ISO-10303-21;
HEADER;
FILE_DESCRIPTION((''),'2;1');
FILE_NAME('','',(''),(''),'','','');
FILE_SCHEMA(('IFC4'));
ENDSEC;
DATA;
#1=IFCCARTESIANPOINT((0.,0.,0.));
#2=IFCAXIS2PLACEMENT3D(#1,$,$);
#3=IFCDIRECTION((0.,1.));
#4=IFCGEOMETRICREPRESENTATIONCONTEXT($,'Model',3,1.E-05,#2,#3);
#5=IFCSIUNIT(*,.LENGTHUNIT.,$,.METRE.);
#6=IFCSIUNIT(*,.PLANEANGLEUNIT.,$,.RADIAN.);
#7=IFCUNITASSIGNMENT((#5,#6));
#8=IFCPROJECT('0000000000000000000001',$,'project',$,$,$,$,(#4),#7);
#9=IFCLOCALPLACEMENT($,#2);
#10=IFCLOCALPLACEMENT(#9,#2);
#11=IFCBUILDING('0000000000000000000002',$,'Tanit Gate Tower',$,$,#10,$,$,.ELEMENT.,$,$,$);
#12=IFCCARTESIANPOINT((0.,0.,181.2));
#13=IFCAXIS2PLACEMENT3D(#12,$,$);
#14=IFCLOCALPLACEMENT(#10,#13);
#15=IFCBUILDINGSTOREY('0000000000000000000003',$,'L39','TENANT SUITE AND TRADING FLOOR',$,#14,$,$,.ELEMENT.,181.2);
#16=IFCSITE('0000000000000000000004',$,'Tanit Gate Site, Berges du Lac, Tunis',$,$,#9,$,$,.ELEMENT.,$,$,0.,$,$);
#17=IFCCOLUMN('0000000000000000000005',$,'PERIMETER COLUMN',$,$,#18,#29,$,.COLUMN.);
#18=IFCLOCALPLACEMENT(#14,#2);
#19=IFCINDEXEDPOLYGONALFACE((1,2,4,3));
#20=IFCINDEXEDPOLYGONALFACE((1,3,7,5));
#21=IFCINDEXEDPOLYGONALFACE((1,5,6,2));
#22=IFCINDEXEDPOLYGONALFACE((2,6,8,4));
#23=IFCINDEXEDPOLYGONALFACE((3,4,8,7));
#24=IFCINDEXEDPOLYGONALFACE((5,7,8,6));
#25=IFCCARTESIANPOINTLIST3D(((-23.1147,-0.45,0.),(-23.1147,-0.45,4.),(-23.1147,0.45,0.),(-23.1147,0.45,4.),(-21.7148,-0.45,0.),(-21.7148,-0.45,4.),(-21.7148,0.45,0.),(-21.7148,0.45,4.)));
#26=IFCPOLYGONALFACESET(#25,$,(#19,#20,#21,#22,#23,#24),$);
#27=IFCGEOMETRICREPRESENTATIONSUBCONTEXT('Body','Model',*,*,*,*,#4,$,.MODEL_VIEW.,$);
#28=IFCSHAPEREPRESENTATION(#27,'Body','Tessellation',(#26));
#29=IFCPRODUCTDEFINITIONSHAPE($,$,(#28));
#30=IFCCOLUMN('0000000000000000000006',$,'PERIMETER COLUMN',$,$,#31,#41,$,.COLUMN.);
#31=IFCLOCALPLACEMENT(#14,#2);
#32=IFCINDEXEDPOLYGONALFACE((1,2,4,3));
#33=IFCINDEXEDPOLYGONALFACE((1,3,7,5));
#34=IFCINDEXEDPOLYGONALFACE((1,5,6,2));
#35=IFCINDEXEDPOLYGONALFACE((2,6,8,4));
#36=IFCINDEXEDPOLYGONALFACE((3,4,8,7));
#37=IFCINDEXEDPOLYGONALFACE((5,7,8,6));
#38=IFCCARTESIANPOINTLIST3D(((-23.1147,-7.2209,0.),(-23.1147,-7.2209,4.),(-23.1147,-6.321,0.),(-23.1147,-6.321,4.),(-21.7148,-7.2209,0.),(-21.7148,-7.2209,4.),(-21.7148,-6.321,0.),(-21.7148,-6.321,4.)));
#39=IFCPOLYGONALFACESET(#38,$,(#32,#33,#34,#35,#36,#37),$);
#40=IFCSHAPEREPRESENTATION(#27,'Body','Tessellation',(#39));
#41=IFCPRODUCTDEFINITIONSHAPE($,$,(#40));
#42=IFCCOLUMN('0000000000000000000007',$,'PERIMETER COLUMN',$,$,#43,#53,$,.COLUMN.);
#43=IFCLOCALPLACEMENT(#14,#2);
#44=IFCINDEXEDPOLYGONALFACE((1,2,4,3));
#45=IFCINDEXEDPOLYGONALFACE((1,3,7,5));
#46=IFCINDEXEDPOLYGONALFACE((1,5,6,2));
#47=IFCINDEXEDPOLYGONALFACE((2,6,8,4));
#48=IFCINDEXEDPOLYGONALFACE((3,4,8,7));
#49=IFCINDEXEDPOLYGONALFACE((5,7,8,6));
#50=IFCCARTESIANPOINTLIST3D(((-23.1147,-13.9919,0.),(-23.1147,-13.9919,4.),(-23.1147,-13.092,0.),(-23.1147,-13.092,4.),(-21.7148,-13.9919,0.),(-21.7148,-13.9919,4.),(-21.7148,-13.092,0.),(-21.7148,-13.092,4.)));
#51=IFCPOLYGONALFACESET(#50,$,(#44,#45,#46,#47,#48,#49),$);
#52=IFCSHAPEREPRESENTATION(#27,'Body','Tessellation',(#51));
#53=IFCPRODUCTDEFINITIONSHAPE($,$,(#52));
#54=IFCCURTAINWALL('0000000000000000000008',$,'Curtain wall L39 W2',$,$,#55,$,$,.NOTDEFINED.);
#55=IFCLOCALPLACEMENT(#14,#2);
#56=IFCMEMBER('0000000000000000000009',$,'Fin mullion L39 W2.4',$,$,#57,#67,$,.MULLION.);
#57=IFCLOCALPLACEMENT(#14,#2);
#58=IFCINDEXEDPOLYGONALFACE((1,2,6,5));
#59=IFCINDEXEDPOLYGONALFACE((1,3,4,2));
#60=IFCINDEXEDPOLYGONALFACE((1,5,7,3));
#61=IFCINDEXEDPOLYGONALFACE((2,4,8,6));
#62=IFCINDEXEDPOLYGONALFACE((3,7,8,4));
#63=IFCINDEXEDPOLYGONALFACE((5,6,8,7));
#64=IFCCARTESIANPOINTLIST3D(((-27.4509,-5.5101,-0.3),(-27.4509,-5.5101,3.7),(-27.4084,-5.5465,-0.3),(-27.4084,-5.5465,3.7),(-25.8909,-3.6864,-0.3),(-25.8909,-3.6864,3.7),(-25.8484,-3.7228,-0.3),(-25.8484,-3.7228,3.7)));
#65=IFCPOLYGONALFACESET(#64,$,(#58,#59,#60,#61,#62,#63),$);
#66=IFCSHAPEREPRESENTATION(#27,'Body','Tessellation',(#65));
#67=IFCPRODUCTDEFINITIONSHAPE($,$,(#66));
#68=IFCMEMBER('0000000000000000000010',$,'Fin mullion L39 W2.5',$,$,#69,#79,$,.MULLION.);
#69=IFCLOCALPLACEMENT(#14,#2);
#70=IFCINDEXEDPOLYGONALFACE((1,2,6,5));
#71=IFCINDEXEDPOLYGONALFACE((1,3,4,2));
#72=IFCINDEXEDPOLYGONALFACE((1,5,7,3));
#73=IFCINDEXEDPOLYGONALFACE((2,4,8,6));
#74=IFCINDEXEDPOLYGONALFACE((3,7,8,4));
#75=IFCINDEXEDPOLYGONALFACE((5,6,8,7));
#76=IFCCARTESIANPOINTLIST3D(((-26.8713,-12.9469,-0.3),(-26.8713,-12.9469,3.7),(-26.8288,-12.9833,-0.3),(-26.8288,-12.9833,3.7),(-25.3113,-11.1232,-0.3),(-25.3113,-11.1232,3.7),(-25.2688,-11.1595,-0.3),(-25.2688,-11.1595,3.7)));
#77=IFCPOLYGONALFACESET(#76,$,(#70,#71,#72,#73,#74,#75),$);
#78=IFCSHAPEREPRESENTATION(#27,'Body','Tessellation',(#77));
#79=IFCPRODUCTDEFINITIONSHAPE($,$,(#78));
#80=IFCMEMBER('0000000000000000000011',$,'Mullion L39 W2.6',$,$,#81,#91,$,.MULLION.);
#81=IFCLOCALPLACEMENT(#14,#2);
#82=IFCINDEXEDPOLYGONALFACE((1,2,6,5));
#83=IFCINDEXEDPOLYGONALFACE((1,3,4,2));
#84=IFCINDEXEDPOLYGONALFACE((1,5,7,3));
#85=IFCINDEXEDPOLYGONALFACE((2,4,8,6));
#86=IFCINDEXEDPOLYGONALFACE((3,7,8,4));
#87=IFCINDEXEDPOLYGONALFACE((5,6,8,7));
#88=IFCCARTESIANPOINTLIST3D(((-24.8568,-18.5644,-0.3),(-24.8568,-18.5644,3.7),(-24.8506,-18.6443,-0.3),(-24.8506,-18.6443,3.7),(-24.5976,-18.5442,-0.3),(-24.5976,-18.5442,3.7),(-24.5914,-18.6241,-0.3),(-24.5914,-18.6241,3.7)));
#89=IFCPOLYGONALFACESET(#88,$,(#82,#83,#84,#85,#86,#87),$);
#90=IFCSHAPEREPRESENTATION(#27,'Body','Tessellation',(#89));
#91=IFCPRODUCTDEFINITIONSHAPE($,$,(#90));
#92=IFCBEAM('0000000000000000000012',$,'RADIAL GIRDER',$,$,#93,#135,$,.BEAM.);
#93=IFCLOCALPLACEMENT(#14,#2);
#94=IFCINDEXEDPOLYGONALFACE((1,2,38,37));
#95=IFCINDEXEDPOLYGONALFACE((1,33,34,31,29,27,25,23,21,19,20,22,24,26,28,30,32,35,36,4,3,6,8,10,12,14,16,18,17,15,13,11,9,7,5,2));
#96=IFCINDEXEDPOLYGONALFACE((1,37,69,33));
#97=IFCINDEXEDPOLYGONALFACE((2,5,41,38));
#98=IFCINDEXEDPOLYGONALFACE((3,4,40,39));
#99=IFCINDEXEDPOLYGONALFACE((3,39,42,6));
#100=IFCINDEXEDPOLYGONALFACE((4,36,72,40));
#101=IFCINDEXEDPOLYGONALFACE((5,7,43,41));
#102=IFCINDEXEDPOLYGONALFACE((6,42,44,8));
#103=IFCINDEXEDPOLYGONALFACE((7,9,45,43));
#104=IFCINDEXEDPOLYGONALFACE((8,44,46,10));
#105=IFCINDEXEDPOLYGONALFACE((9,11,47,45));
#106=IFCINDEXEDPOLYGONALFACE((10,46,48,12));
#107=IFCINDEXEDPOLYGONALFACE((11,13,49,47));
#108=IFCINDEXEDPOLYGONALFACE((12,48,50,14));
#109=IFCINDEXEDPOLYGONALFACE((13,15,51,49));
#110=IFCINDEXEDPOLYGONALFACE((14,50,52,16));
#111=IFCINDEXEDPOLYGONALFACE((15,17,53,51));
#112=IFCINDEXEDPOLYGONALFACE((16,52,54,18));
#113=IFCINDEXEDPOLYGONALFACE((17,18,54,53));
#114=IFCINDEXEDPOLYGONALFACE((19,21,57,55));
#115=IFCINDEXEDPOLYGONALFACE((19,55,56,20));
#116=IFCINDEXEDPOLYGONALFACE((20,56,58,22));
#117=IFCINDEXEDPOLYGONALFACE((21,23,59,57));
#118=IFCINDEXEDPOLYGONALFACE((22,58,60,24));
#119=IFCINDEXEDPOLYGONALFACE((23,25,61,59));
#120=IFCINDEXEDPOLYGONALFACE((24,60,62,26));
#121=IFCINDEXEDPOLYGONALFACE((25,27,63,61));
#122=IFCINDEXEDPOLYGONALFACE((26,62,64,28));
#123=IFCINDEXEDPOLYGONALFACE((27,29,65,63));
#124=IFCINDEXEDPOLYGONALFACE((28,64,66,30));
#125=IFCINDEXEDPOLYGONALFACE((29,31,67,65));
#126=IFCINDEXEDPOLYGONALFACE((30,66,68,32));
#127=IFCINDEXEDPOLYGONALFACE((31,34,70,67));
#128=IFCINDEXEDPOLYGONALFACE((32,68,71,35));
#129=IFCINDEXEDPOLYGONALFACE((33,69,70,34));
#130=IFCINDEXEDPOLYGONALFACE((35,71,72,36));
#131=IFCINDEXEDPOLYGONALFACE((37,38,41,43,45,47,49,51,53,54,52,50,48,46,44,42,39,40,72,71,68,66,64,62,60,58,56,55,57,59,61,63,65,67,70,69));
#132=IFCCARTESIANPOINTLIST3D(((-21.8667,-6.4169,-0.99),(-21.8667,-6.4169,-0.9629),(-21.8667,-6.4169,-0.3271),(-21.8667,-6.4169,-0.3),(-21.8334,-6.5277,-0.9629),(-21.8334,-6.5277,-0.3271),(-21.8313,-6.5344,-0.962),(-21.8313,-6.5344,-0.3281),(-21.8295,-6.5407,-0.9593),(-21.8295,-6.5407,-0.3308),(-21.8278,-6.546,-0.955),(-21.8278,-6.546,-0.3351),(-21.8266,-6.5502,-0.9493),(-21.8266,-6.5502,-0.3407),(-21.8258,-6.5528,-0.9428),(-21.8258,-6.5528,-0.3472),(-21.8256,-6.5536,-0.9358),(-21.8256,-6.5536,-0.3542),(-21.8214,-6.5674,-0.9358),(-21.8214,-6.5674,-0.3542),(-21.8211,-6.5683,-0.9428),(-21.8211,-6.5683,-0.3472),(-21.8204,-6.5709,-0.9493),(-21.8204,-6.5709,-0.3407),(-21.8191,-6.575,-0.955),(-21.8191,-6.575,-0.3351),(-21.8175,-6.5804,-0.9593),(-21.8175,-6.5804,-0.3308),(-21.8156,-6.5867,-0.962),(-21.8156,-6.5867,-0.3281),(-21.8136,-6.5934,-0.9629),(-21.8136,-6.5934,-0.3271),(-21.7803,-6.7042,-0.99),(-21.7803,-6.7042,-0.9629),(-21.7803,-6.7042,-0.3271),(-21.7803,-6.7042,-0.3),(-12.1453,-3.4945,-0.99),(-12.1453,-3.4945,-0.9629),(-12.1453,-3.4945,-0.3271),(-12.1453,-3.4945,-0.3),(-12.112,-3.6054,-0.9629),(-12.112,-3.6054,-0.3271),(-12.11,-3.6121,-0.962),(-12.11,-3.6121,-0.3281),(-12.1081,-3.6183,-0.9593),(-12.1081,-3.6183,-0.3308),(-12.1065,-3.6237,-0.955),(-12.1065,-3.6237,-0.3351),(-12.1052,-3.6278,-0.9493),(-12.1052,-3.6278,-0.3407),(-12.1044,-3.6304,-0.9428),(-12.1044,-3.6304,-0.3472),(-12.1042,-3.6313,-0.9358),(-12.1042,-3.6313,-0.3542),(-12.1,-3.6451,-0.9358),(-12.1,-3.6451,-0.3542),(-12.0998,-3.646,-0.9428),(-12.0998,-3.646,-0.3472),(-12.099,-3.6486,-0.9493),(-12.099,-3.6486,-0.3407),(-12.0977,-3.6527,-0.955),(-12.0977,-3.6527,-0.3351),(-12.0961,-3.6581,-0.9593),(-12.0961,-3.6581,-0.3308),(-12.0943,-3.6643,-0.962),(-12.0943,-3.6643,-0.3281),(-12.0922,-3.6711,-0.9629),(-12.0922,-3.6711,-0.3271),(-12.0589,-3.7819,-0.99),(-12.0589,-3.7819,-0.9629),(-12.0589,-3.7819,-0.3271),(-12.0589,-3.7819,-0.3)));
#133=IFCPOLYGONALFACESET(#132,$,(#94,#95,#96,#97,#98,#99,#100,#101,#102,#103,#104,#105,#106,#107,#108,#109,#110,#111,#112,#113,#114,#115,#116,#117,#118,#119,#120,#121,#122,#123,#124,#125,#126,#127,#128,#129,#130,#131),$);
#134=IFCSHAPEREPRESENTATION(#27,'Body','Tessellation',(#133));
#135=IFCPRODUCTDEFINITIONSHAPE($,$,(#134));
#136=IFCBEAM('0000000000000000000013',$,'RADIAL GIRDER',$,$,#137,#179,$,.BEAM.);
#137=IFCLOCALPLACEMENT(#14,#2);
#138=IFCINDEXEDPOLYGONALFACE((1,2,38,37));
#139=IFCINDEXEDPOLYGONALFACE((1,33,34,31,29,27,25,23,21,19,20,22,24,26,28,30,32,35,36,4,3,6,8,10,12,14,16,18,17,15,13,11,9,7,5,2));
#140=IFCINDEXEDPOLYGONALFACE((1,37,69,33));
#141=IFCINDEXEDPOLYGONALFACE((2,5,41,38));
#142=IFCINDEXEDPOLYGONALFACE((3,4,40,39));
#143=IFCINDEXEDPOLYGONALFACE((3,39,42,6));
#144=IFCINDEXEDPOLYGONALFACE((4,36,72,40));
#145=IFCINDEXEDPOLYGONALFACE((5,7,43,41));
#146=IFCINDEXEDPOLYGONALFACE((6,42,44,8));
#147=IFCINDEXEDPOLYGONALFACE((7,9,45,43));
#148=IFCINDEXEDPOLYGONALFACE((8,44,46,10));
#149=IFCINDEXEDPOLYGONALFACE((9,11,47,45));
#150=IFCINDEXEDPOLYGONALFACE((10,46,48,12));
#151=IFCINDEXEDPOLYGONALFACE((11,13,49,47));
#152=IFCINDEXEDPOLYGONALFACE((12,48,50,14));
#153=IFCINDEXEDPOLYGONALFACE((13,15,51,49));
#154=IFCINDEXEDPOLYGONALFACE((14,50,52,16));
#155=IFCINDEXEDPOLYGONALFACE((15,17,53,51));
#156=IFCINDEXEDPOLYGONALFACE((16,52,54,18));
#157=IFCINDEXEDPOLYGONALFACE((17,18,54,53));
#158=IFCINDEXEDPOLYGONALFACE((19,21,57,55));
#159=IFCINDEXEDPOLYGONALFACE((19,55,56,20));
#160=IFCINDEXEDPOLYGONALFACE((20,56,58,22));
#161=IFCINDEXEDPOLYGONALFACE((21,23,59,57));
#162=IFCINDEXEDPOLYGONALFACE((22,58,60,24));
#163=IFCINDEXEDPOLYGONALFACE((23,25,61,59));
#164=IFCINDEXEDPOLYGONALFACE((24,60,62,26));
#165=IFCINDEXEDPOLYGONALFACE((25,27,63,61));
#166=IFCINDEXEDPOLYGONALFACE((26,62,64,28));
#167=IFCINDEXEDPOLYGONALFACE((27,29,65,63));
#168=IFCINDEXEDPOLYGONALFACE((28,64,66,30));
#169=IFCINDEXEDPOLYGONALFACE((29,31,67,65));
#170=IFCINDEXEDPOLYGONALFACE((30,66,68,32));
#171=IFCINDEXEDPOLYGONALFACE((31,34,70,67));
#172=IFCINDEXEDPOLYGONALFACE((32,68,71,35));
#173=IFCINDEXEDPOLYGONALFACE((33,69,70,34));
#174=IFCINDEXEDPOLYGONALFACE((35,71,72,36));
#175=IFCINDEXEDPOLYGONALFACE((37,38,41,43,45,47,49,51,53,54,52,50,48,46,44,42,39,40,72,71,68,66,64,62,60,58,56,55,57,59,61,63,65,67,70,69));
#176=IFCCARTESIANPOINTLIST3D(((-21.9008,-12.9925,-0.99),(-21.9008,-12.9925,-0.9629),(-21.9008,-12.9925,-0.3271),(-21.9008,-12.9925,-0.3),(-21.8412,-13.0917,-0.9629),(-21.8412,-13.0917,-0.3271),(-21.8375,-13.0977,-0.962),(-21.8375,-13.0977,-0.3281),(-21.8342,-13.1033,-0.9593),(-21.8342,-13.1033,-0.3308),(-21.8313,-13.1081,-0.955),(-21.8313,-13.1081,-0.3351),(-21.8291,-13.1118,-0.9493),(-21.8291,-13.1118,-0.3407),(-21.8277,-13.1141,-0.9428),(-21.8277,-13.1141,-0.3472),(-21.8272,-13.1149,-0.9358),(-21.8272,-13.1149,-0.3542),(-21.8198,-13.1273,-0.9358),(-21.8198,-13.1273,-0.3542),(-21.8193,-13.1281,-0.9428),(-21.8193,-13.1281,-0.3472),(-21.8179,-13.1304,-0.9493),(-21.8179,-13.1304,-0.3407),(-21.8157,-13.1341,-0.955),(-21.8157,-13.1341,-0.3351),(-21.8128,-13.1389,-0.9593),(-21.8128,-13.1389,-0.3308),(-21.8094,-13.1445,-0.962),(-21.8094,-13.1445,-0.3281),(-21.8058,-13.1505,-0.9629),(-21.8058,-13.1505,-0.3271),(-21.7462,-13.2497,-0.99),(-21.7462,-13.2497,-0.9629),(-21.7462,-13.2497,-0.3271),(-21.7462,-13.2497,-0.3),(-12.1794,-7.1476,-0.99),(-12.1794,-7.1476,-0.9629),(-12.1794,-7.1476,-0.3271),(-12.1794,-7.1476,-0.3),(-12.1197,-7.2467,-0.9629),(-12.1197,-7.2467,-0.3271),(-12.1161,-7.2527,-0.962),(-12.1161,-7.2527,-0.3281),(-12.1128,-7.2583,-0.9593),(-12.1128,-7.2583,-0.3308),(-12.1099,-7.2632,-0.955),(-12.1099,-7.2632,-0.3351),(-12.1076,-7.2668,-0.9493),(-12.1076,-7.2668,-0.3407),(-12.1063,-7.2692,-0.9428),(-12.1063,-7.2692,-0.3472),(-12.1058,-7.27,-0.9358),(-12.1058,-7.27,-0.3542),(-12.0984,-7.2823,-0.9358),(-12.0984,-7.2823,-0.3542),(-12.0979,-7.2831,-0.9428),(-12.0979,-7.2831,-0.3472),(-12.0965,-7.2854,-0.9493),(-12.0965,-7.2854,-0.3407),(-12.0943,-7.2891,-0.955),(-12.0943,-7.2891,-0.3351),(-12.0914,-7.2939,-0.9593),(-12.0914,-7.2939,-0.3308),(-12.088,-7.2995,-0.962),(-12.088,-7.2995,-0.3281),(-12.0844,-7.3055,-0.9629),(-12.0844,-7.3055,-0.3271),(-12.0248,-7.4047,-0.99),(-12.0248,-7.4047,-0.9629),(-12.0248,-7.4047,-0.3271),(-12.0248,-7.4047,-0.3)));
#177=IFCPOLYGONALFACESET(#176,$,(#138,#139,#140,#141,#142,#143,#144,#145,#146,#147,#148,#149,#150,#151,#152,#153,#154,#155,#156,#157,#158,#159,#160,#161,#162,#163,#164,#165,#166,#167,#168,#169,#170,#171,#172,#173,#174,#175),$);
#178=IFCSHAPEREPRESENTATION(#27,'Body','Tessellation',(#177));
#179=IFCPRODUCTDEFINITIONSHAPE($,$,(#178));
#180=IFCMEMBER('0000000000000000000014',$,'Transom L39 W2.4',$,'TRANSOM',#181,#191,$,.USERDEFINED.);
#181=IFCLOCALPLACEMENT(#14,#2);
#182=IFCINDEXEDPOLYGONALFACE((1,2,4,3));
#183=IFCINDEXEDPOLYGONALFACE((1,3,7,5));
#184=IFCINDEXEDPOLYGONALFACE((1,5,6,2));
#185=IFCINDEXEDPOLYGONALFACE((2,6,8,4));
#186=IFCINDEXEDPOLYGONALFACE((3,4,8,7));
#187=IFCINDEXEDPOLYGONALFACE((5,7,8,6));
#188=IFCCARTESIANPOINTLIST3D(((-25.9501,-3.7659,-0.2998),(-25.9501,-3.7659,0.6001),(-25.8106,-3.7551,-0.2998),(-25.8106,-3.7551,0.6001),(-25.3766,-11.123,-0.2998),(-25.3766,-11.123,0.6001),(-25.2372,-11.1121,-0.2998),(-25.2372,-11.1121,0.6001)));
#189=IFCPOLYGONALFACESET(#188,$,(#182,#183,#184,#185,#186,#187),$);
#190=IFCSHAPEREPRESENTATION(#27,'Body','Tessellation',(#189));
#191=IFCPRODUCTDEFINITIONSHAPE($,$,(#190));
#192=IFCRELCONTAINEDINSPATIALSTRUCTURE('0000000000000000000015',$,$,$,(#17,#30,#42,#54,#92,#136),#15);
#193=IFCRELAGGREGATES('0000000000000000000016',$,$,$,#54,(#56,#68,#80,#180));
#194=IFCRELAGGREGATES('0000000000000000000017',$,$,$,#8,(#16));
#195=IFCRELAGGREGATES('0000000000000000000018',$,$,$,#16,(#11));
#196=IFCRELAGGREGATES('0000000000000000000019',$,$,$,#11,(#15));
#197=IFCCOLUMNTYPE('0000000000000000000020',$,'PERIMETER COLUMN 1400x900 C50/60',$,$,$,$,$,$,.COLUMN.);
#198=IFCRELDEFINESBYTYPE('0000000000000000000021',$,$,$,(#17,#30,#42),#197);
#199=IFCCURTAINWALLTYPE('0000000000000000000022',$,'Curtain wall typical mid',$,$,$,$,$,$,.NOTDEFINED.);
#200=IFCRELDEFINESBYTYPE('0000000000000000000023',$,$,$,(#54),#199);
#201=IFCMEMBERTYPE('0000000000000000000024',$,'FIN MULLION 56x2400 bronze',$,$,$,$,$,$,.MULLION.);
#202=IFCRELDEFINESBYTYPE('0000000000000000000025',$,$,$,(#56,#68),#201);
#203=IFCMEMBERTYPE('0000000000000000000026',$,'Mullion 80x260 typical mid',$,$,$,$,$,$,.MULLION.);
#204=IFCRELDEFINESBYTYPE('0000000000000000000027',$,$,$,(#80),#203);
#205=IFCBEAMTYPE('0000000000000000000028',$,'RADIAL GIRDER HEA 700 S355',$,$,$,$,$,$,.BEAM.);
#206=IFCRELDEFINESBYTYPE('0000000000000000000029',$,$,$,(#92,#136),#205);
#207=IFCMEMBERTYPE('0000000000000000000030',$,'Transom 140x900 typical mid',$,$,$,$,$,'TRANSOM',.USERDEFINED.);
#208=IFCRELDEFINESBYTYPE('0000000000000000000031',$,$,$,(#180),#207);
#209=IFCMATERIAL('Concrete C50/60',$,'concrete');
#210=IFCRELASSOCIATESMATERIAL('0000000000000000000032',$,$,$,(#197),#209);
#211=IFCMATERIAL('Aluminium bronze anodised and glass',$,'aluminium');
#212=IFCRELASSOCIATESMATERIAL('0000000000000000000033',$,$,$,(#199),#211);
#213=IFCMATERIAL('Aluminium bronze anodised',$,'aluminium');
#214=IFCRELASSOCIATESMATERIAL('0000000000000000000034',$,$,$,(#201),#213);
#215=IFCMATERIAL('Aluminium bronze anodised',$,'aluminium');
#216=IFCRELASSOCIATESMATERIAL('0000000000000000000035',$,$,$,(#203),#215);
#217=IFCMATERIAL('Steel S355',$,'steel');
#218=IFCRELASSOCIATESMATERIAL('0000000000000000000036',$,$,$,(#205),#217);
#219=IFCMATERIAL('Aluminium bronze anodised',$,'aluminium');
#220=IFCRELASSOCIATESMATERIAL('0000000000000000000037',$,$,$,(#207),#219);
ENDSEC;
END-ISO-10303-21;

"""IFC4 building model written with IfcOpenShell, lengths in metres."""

from ifc_helpers import new_model, si_unit, direction, frame, origin, origin_2d, place, context, subcontext, project, spatial, rectangle, i_section, extrude, material, material_profile, profile_set, type_object, element, aggregate, save


model = new_model("IFC4")

# Units and contexts
model_context = context("Model", 3, precision=1e-05, world=origin(), true_north=direction((0.0, 1.0)))
body_context = subcontext(model_context, "Body", "Model", "MODEL_VIEW")
ifc_project = project(units=[si_unit("LENGTHUNIT", "METRE"), si_unit("PLANEANGLEUNIT", "RADIAN")], contexts=[model_context])

# Site, building, storey
site_placement = place(None, origin())
site = spatial("IfcSite", under=ifc_project, at=site_placement, Name="Tanit Gate Site, Berges du Lac, Tunis", CompositionType="ELEMENT", RefElevation=0.0)
building_placement = place(site_placement, origin())
building = spatial("IfcBuilding", under=site, at=building_placement, Name="Tanit Gate Tower", CompositionType="ELEMENT")
storey_placement = place(building_placement, frame((0.0, 0.0, 181.2)))
storey = spatial("IfcBuildingStorey", under=building, at=storey_placement, Name="L39", Description="TENANT SUITE AND TRADING FLOOR", CompositionType="ELEMENT", Elevation=181.2)

# Columns
ifc_material_1 = material(Name="Concrete C50/60", Category="concrete")
ifc_material_profile_1 = material_profile(ifc_material_1, rectangle(XDim=1.3999, YDim=0.8999, at=origin_2d()), Name="RC 1400x900")
ifc_profile_set_1 = profile_set([ifc_material_profile_1], Name="Concrete C50/60")
column_type = type_object("IfcColumnType", Name="PERIMETER COLUMN 1400x900 C50/60", PredefinedType="COLUMN", material=ifc_profile_set_1)
for number, where, z_axis, x_axis, name in (
    (1, (-22.4148, 0.0, 0.0), (0.0, 0.0, 1.0), (-1.0, 0.0, 0.0), "PERIMETER COLUMN"),
    (2, (-22.4148, -6.771, 0.0), (0.0, 0.0, 1.0), (-1.0, 0.0, 0.0), "PERIMETER COLUMN"),
    (3, (-22.4148, -13.542, 0.0), (0.0, 0.0, 1.0), (-1.0, 0.0, 0.0), "PERIMETER COLUMN"),
):
    element("IfcColumn", number, at=place(storey_placement, frame(where, z_axis=z_axis, x_axis=x_axis)), inside=storey, type_object=column_type, Name=name, PredefinedType="COLUMN", context=body_context, shape_type="SweptSolid", body=[
        extrude(rectangle(XDim=1.3999, YDim=0.8999, at=origin_2d()), origin(), (0.0, 0.0, 1.0), 4.0),
    ])

# Curtain wall, members
ifc_material_2 = material(Name="Aluminium bronze anodised and glass", Category="aluminium")
curtain_wall_type = type_object("IfcCurtainWallType", Name="Curtain wall typical mid", PredefinedType="NOTDEFINED", material=ifc_material_2)
curtain_wall_1_placement = place(storey_placement, origin())
curtain_wall_1 = element("IfcCurtainWall", 4, at=curtain_wall_1_placement, inside=storey, type_object=curtain_wall_type, Name="Curtain wall L39 W2", PredefinedType="NOTDEFINED")
ifc_material_3 = material(Name="Aluminium bronze anodised", Category="aluminium")
ifc_material_profile_2 = material_profile(ifc_material_3, rectangle(XDim=2.3999, YDim=0.0559, at=origin_2d()), Name="56x2400 bronze fin mullion")
ifc_profile_set_2 = profile_set([ifc_material_profile_2], Name="Aluminium bronze anodised")
member_type_1 = type_object("IfcMemberType", Name="FIN MULLION 56x2400 bronze", PredefinedType="MULLION", material=ifc_profile_set_2)
member_1_placement = place(storey_placement, frame((-26.6497, -4.6165, -0.3), z_axis=(0.0, 0.0, 1.0), x_axis=(0.650026, 0.759912, 0.0)))
member_1 = element("IfcMember", 5, at=member_1_placement, type_object=member_type_1, Name="Fin mullion L39 W2.4", PredefinedType="MULLION", context=body_context, shape_type="SweptSolid", body=[
    extrude(rectangle(XDim=2.3999, YDim=0.0559, at=origin_2d()), origin(), (0.0, 0.0, 1.0), 4.0),
])
member_2_placement = place(storey_placement, frame((-26.0701, -12.0532, -0.3), z_axis=(0.0, 0.0, 1.0), x_axis=(0.650026, 0.759912, 0.0)))
member_2 = element("IfcMember", 6, at=member_2_placement, type_object=member_type_1, Name="Fin mullion L39 W2.5", PredefinedType="MULLION", context=body_context, shape_type="SweptSolid", body=[
    extrude(rectangle(XDim=2.3999, YDim=0.0559, at=origin_2d()), origin(), (0.0, 0.0, 1.0), 4.0),
])
ifc_material_4 = material(Name="Aluminium bronze anodised", Category="aluminium")
ifc_material_profile_3 = material_profile(ifc_material_4, rectangle(XDim=0.26, YDim=0.0801, at=origin_2d()), Name="80x260 bronze mullion")
ifc_profile_set_3 = profile_set([ifc_material_profile_3], Name="Aluminium bronze anodised")
member_type_2 = type_object("IfcMemberType", Name="Mullion 80x260 typical mid", PredefinedType="MULLION", material=ifc_profile_set_3)
member_3_placement = place(storey_placement, frame((-24.7241, -18.5942, -0.3), z_axis=(0.0, 0.0, 1.0), x_axis=(0.996977, 0.077701, 0.0)))
member_3 = element("IfcMember", 7, at=member_3_placement, type_object=member_type_2, Name="Mullion L39 W2.6", PredefinedType="MULLION", context=body_context, shape_type="SweptSolid", body=[
    extrude(rectangle(XDim=0.26, YDim=0.0801, at=origin_2d()), origin(), (0.0, 0.0, 1.0), 4.0),
])

# Beams
ifc_material_5 = material(Name="Steel S355", Category="steel")
ifc_material_profile_4 = material_profile(ifc_material_5, i_section(OverallWidth=0.3, OverallDepth=0.6899, WebThickness=0.0144, FlangeThickness=0.0271, FilletRadius=0.0271, at=origin_2d()), Name="HEA 700")
ifc_profile_set_4 = profile_set([ifc_material_profile_4], Name="Steel S355")
beam_type = type_object("IfcBeamType", Name="RADIAL GIRDER HEA 700 S355", PredefinedType="BEAM", material=ifc_profile_set_4)
beam_1_placement = place(storey_placement, frame((-21.8235, -6.5605, -0.645), z_axis=(0.957665, 0.287884, 0.0), x_axis=(-0.287884, 0.957665, 0.0)))
element("IfcBeam", 8, at=beam_1_placement, inside=storey, type_object=beam_type, Name="RADIAL GIRDER", PredefinedType="BEAM", context=body_context, shape_type="SweptSolid", body=[
    extrude(i_section(OverallWidth=0.3, OverallDepth=0.6899, WebThickness=0.0144, FlangeThickness=0.0271, FilletRadius=0.0271, at=origin_2d()), origin(), (0.0, 0.0, 1.0), 10.1511),
])
beam_2_placement = place(storey_placement, frame((-21.8235, -13.1211, -0.645), z_axis=(0.857022, 0.51528, 0.0), x_axis=(-0.51528, 0.857022, 0.0)))
element("IfcBeam", 9, at=beam_2_placement, inside=storey, type_object=beam_type, Name="RADIAL GIRDER", PredefinedType="BEAM", context=body_context, shape_type="SweptSolid", body=[
    extrude(i_section(OverallWidth=0.3, OverallDepth=0.6899, WebThickness=0.0144, FlangeThickness=0.0271, FilletRadius=0.0271, at=origin_2d()), origin(), (0.0, 0.0, 1.0), 11.3433),
])

# Member
ifc_material_6 = material(Name="Aluminium bronze anodised", Category="aluminium")
ifc_material_profile_5 = material_profile(ifc_material_6, rectangle(XDim=0.1399, YDim=0.8999, at=origin_2d()), Name="140x900 bronze transom")
ifc_profile_set_5 = profile_set([ifc_material_profile_5], Name="Aluminium bronze anodised")
member_type_3 = type_object("IfcMemberType", Name="Transom 140x900 typical mid", ElementType="TRANSOM", PredefinedType="USERDEFINED", material=ifc_profile_set_5)
member_4_placement = place(storey_placement, frame((-25.8804, -3.7605, 0.1501), z_axis=(0.077713, -0.996976, 0.0), x_axis=(0.996976, 0.077713, 0.0)))
member_4 = element("IfcMember", 10, at=member_4_placement, type_object=member_type_3, Name="Transom L39 W2.4", ObjectType="TRANSOM", PredefinedType="USERDEFINED", context=body_context, shape_type="SweptSolid", body=[
    extrude(rectangle(XDim=0.1399, YDim=0.8999, at=origin_2d()), origin(), (0.0, 0.0, 1.0), 7.3794),
])

aggregate(curtain_wall_1, [member_1, member_2, member_3, member_4])

save(model, "model.ifc")
